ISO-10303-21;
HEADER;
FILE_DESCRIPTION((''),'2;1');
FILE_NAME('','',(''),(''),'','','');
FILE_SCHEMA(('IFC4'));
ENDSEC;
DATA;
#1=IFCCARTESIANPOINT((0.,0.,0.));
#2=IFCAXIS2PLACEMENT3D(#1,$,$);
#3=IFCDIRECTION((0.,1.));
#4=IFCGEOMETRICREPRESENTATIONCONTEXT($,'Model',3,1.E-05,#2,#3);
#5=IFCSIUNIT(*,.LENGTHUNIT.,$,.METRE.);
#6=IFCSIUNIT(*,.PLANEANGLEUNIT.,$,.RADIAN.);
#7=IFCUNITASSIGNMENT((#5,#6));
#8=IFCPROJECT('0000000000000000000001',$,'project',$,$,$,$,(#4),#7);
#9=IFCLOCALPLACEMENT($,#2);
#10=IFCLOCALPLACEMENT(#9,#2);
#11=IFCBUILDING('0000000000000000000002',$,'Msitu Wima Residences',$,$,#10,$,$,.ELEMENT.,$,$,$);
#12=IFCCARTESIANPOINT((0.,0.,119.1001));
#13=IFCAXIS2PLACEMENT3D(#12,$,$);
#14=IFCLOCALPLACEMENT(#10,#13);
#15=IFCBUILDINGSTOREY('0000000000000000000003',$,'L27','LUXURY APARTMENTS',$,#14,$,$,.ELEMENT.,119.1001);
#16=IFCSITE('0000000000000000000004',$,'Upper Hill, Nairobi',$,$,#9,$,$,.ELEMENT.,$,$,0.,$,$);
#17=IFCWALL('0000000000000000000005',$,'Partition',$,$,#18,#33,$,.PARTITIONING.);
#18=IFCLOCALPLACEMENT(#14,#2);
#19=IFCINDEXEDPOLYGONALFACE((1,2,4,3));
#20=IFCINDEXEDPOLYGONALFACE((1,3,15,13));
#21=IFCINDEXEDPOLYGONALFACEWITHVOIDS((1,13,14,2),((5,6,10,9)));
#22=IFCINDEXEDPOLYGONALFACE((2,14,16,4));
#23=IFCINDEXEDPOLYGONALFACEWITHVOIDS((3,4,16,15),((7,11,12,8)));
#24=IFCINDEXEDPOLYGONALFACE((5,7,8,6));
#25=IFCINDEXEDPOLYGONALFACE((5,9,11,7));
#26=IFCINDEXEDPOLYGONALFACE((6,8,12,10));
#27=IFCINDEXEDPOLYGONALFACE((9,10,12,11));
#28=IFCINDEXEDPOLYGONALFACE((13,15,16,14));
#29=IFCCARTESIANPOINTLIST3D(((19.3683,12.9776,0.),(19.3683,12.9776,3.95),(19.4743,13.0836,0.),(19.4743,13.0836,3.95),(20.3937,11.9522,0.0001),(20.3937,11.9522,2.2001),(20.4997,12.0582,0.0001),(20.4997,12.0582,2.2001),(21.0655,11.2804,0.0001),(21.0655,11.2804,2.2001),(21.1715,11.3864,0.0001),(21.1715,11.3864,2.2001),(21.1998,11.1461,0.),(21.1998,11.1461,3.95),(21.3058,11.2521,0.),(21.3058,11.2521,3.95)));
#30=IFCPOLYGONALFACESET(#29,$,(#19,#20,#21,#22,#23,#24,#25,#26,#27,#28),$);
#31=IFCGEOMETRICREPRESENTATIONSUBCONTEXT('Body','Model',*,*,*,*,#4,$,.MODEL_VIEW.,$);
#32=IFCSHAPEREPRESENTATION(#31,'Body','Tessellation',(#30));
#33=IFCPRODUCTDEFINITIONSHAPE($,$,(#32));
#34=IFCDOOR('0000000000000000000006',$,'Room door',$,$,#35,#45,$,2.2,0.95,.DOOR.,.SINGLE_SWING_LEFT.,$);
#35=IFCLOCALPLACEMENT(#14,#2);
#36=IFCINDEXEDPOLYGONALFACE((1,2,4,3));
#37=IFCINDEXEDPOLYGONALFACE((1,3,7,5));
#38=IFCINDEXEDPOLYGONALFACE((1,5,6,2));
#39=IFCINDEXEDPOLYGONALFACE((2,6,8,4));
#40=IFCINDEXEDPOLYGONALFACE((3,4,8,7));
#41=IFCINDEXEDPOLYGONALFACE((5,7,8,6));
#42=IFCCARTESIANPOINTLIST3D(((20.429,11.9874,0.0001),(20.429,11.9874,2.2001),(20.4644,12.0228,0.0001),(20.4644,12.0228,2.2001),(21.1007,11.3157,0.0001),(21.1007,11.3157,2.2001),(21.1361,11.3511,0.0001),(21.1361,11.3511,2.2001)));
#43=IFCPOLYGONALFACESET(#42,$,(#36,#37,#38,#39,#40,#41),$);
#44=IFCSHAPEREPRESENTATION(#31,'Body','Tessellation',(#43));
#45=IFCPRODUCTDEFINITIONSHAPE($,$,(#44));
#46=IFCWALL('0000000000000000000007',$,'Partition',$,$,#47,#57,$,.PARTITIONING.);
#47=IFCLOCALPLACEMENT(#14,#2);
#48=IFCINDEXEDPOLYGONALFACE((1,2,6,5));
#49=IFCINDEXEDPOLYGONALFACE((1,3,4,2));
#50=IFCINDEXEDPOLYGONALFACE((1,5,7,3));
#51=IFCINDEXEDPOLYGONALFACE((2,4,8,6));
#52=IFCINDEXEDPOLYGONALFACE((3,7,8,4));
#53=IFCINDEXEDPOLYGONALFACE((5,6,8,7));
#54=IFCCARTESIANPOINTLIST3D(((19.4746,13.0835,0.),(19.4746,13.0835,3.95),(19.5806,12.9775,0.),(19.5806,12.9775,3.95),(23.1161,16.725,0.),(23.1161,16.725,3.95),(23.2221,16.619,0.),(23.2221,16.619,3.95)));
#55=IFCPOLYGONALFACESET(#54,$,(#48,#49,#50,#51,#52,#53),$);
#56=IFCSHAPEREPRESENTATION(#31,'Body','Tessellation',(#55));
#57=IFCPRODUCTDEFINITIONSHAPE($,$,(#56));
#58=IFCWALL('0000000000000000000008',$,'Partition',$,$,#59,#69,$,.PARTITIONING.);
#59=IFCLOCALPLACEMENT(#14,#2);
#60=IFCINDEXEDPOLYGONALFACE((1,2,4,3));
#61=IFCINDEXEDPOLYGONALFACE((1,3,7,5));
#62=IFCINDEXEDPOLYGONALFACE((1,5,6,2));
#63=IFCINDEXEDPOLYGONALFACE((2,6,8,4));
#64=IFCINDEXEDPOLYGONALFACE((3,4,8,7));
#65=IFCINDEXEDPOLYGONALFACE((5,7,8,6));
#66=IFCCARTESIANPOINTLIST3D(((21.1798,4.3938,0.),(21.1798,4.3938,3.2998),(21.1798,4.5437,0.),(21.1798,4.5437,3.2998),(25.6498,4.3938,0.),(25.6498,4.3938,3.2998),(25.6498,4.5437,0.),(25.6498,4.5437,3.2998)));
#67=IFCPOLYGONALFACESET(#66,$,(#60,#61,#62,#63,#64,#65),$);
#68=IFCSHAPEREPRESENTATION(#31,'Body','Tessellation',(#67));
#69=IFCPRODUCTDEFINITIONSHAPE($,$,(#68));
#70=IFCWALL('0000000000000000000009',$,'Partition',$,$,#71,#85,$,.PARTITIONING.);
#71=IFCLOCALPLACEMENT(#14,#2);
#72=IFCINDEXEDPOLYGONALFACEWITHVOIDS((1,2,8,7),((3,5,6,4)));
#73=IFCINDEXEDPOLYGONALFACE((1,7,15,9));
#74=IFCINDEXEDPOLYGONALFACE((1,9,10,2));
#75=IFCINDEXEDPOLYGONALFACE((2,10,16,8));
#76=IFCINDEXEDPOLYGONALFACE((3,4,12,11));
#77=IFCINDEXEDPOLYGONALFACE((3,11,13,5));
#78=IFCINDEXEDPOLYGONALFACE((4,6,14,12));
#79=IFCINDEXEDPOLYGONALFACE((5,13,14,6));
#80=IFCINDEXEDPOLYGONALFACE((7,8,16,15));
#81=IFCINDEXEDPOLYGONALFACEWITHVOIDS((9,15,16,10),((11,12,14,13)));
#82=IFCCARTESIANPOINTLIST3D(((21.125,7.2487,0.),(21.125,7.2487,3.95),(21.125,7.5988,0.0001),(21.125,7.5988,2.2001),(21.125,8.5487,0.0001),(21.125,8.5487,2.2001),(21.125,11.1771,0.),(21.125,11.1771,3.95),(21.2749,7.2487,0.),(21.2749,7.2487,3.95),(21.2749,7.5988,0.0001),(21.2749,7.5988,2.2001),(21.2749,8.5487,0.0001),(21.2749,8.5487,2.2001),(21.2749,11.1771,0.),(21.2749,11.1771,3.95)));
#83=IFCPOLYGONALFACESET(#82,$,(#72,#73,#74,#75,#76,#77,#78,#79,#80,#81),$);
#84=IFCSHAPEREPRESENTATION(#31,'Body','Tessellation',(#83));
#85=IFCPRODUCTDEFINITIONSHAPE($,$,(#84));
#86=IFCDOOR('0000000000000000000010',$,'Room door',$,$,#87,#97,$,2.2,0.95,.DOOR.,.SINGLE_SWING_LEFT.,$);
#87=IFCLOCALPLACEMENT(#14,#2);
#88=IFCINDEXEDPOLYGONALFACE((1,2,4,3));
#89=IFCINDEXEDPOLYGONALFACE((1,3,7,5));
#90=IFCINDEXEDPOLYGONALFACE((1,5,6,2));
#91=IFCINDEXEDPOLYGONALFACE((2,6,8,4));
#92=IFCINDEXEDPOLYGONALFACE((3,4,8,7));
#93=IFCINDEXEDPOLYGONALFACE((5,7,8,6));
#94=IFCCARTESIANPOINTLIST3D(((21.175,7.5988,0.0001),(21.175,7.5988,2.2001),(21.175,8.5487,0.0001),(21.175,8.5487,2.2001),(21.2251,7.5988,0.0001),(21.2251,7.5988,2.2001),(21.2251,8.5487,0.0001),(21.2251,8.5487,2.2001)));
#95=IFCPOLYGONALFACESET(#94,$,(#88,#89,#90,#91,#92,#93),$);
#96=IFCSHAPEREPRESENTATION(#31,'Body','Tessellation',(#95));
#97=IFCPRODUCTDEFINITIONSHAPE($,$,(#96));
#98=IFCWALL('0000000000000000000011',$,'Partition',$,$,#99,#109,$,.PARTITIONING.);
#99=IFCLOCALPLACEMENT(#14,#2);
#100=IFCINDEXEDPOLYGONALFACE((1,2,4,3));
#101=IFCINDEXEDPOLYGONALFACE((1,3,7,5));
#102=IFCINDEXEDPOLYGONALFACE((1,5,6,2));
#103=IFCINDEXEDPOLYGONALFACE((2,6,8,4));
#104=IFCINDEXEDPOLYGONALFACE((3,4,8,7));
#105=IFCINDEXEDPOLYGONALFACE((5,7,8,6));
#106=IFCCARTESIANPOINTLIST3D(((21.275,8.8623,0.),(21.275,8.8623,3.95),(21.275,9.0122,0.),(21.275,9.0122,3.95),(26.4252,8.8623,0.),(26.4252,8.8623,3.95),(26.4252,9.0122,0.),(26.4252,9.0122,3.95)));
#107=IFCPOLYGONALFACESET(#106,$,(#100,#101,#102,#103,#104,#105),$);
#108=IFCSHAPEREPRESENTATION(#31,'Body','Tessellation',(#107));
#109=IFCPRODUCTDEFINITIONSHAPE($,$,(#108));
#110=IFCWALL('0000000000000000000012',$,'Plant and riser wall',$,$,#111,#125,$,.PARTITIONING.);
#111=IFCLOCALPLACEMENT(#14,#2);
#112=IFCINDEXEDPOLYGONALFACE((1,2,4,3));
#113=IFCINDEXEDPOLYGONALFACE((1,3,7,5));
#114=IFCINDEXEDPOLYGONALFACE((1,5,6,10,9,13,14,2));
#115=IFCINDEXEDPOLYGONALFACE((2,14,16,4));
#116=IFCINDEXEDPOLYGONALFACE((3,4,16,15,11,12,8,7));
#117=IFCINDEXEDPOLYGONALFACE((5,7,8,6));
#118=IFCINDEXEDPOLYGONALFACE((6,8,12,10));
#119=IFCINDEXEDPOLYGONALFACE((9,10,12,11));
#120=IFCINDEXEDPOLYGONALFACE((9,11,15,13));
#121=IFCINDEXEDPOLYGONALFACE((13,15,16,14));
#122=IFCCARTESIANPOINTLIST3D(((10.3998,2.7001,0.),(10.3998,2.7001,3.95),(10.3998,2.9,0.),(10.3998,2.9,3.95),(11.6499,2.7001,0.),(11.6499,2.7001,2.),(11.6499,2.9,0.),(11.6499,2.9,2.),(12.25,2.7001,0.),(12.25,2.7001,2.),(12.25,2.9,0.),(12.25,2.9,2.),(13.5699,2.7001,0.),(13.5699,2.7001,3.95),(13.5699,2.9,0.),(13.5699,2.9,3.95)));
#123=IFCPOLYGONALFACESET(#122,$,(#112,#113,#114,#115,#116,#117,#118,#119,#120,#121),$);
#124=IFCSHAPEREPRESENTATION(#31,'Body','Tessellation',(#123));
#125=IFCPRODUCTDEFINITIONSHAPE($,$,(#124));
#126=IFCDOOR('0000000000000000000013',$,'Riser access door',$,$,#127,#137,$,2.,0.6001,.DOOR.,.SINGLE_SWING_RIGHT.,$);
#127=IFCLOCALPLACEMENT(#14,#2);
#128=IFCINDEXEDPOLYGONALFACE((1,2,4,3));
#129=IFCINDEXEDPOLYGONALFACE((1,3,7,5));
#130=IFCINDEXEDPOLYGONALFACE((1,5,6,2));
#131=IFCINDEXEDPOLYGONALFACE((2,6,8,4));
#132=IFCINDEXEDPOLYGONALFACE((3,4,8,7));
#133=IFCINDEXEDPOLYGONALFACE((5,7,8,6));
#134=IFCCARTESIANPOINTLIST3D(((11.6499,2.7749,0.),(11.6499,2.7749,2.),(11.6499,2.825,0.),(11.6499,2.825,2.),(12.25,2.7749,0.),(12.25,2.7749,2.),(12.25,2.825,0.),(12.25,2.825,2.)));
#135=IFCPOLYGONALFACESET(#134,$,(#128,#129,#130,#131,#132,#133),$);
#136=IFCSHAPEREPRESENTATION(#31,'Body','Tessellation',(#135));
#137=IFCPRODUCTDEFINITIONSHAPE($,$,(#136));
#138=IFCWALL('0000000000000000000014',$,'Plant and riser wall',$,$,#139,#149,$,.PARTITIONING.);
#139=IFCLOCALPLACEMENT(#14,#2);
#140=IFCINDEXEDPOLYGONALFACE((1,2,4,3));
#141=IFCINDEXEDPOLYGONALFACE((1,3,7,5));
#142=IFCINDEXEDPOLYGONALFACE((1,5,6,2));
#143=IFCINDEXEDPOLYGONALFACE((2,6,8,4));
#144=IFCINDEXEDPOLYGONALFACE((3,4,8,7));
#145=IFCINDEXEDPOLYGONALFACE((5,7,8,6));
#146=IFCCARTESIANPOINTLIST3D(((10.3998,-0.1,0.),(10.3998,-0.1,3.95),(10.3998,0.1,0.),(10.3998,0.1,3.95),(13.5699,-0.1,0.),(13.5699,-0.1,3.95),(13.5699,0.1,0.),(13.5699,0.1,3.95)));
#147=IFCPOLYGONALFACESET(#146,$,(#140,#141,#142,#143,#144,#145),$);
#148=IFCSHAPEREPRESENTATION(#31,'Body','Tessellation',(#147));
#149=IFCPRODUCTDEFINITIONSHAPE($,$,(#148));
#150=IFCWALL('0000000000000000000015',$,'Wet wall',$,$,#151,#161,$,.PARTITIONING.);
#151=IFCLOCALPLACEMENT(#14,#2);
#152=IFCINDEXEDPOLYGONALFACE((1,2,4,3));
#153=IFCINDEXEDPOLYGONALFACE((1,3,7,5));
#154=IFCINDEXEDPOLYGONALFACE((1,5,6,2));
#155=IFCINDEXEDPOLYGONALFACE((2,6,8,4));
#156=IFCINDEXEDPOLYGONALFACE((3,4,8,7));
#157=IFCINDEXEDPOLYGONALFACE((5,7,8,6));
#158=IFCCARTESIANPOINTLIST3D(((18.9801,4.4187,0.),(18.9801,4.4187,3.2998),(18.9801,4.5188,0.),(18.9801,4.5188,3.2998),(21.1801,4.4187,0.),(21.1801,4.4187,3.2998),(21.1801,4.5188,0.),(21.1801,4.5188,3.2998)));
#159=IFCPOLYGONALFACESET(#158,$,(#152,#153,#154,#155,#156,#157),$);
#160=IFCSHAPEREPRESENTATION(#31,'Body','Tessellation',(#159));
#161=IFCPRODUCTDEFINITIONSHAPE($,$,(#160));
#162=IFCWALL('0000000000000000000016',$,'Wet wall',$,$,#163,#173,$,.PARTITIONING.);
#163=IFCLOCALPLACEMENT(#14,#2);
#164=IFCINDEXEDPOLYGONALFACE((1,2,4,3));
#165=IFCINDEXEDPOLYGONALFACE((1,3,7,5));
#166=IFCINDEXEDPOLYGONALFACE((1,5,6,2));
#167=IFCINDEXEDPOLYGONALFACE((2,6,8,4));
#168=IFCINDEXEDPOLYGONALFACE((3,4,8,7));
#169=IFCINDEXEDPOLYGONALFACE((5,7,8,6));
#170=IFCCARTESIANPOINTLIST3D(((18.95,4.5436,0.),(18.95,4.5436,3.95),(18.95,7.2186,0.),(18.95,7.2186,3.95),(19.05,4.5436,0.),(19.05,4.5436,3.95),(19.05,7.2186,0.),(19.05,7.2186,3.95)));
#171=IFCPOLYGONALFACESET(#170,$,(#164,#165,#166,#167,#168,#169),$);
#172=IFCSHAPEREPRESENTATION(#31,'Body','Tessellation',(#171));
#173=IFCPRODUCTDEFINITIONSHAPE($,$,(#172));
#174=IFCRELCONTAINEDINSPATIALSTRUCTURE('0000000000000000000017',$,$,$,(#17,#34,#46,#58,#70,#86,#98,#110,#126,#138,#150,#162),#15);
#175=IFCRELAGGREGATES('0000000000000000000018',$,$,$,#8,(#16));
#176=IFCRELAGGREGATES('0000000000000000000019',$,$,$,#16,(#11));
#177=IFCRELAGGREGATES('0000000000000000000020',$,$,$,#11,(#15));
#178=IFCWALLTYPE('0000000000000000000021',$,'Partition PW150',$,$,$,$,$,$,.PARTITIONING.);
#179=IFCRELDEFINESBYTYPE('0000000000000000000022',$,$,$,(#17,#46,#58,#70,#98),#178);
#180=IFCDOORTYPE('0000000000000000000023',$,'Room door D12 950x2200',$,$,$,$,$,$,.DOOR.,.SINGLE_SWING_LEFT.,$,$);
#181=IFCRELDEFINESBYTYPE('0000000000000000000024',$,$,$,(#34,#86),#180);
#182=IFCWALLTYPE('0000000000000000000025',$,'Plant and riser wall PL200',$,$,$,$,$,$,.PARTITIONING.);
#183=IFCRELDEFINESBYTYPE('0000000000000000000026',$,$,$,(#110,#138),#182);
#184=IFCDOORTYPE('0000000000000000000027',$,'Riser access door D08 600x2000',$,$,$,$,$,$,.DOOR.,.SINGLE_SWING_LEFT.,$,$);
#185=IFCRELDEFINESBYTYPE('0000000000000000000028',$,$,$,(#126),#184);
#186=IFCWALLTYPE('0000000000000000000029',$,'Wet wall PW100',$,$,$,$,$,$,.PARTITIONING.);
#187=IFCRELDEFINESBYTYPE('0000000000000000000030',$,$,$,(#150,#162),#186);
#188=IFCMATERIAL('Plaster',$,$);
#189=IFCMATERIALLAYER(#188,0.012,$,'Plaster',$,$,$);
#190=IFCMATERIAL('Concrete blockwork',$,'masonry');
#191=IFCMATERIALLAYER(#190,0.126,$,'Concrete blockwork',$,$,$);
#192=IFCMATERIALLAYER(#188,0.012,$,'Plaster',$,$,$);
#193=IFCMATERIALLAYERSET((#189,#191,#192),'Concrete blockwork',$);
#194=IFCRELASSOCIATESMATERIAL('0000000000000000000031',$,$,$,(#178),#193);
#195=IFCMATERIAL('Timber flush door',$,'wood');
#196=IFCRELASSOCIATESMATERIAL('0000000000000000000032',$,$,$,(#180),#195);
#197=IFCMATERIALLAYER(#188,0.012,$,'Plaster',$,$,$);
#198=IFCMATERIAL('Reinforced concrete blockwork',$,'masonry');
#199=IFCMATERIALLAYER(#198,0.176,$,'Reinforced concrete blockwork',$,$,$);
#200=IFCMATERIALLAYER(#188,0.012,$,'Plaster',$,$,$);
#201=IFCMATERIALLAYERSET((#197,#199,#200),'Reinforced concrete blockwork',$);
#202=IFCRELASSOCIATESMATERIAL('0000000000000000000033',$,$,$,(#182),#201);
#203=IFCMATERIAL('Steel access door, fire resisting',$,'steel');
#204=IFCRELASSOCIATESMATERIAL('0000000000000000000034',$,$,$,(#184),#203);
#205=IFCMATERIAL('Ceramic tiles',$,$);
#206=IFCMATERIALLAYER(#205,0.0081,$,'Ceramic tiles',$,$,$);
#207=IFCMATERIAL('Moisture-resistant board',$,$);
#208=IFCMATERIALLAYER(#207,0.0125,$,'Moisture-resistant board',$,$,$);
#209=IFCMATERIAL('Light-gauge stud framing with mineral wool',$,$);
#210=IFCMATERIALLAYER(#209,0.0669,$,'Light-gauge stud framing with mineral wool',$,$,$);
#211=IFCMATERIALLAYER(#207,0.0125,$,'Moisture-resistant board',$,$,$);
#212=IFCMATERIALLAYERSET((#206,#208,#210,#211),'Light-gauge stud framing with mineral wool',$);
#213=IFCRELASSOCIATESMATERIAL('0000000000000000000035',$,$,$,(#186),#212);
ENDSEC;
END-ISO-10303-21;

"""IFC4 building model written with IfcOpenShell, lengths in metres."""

from ifc_helpers import new_model, si_unit, direction, frame, frame_2d, origin, place, context, subcontext, project, spatial, rectangle, extrude, material, layer, layer_set, type_object, element, fill, save


model = new_model("IFC4")

# Units and contexts
model_context = context("Model", 3, precision=1e-05, world=origin(), true_north=direction((0.0, 1.0)))
body_context = subcontext(model_context, "Body", "Model", "MODEL_VIEW")
ifc_project = project(units=[si_unit("LENGTHUNIT", "METRE"), si_unit("PLANEANGLEUNIT", "RADIAN")], contexts=[model_context])

# Site, building, storey
site_placement = place(None, origin())
site = spatial("IfcSite", under=ifc_project, at=site_placement, Name="Upper Hill, Nairobi", CompositionType="ELEMENT", RefElevation=0.0)
building_placement = place(site_placement, origin())
building = spatial("IfcBuilding", under=site, at=building_placement, Name="Msitu Wima Residences", CompositionType="ELEMENT")
storey_placement = place(building_placement, frame((0.0, 0.0, 119.1001)))
storey = spatial("IfcBuildingStorey", under=building, at=storey_placement, Name="L27", Description="LUXURY APARTMENTS", CompositionType="ELEMENT", Elevation=119.1001)

# Wall, opening, door
ifc_material_1 = material(Name="Plaster")
ifc_layer_1 = layer(ifc_material_1, 0.012, Name="Plaster")
ifc_material_2 = material(Name="Concrete blockwork", Category="masonry")
ifc_layer_2 = layer(ifc_material_2, 0.126, Name="Concrete blockwork")
ifc_layer_3 = layer(ifc_material_1, 0.012, Name="Plaster")
ifc_layer_set_1 = layer_set([ifc_layer_1, ifc_layer_2, ifc_layer_3], Name="Concrete blockwork")
wall_type_1 = type_object("IfcWallType", Name="Partition PW150", PredefinedType="PARTITIONING", material=ifc_layer_set_1)
ifc_material_3 = material(Name="Timber flush door", Category="wood")
door_type_1 = type_object("IfcDoorType", Name="Room door D12 950x2200", OperationType="SINGLE_SWING_LEFT", PredefinedType="DOOR", material=ifc_material_3)
wall_1_placement = place(storey_placement, frame((19.4214, 13.0305, 0.0), z_axis=(0.0, 0.0, 1.0), x_axis=(0.707107, -0.707107, 0.0)))
wall_1 = element("IfcWall", 1, at=wall_1_placement, inside=storey, type_object=wall_type_1, Name="Partition", PredefinedType="PARTITIONING", context=body_context, shape_type="SweptSolid", body=[
    extrude(rectangle(XDim=2.5901, YDim=0.1499, at=frame_2d((1.2949, 0.0))), origin(), (0.0, 0.0, 1.0), 3.95),
])
opening_1_placement = place(wall_1_placement, frame((1.45, 0.0, 0.0)))
opening_1 = element("IfcOpeningElement", 2, at=opening_1_placement, cuts=wall_1, PredefinedType="OPENING", context=body_context, shape_type="SweptSolid", body=[
    extrude(rectangle(XDim=0.95, YDim=2.2, at=frame_2d((0.4751, 1.1001))), frame((0.0, 0.085, 0.0), z_axis=(0.0, -1.0, 0.0), x_axis=(1.0, 0.0, 0.0)), (0.0, 0.0, 1.0), 0.1699),
])
door_1_placement = place(opening_1_placement, origin())
door_1 = element("IfcDoor", 3, at=door_1_placement, inside=storey, type_object=door_type_1, Name="Room door", OperationType="SINGLE_SWING_LEFT", OverallHeight=2.2, OverallWidth=0.95, PredefinedType="DOOR", context=body_context, shape_type="SweptSolid", body=[
    extrude(rectangle(XDim=0.95, YDim=2.2, at=frame_2d((0.4751, 1.1001))), frame((0.0, 0.0249, 0.0), z_axis=(0.0, -1.0, 0.0), x_axis=(1.0, 0.0, 0.0)), (0.0, 0.0, 1.0), 0.05),
])
fill(opening_1, door_1)

# Walls
wall_2_placement = place(storey_placement, frame((19.5276, 13.0305, 0.0), z_axis=(0.0, 0.0, 1.0), x_axis=(0.707107, 0.707107, 0.0)))
element("IfcWall", 4, at=wall_2_placement, inside=storey, type_object=wall_type_1, Name="Partition", PredefinedType="PARTITIONING", context=body_context, shape_type="SweptSolid", body=[
    extrude(rectangle(XDim=5.1499, YDim=0.1499, at=frame_2d((2.575, 0.0))), origin(), (0.0, 0.0, 1.0), 3.95),
])
wall_3_placement = place(storey_placement, frame((21.1799, 4.4688, 0.0), z_axis=(0.0, 0.0, 1.0), x_axis=(1.0, 0.0, 0.0)))
element("IfcWall", 5, at=wall_3_placement, inside=storey, type_object=wall_type_1, Name="Partition", PredefinedType="PARTITIONING", context=body_context, shape_type="SweptSolid", body=[
    extrude(rectangle(XDim=4.47, YDim=0.1499, at=frame_2d((2.2349, 0.0))), origin(), (0.0, 0.0, 1.0), 3.2998),
])

# Wall, opening, door
wall_4_placement = place(storey_placement, frame((21.2, 7.2485, 0.0), z_axis=(0.0, 0.0, 1.0), x_axis=(0.0, 1.0, 0.0)))
wall_4 = element("IfcWall", 6, at=wall_4_placement, inside=storey, type_object=wall_type_1, Name="Partition", PredefinedType="PARTITIONING", context=body_context, shape_type="SweptSolid", body=[
    extrude(rectangle(XDim=3.9285, YDim=0.1499, at=frame_2d((1.9644, 0.0))), origin(), (0.0, 0.0, 1.0), 3.95),
])
opening_2_placement = place(wall_4_placement, frame((0.3501, 0.0, 0.0)))
opening_2 = element("IfcOpeningElement", 7, at=opening_2_placement, cuts=wall_4, PredefinedType="OPENING", context=body_context, shape_type="SweptSolid", body=[
    extrude(rectangle(XDim=0.95, YDim=2.2, at=frame_2d((0.4751, 1.1001))), frame((0.0, 0.085, 0.0), z_axis=(0.0, -1.0, 0.0), x_axis=(1.0, 0.0, 0.0)), (0.0, 0.0, 1.0), 0.1699),
])
door_2_placement = place(opening_2_placement, origin())
door_2 = element("IfcDoor", 8, at=door_2_placement, inside=storey, type_object=door_type_1, Name="Room door", OperationType="SINGLE_SWING_LEFT", OverallHeight=2.2, OverallWidth=0.95, PredefinedType="DOOR", context=body_context, shape_type="SweptSolid", body=[
    extrude(rectangle(XDim=0.95, YDim=2.2, at=frame_2d((0.4751, 1.1001))), frame((0.0, 0.0249, 0.0), z_axis=(0.0, -1.0, 0.0), x_axis=(1.0, 0.0, 0.0)), (0.0, 0.0, 1.0), 0.05),
])
fill(opening_2, door_2)

# Wall
wall_5_placement = place(storey_placement, frame((21.2749, 8.9373, 0.0), z_axis=(0.0, 0.0, 1.0), x_axis=(1.0, 0.0, 0.0)))
element("IfcWall", 9, at=wall_5_placement, inside=storey, type_object=wall_type_1, Name="Partition", PredefinedType="PARTITIONING", context=body_context, shape_type="SweptSolid", body=[
    extrude(rectangle(XDim=5.1501, YDim=0.1499, at=frame_2d((2.5752, 0.0))), origin(), (0.0, 0.0, 1.0), 3.95),
])

# Wall, opening, door
ifc_layer_4 = layer(ifc_material_1, 0.012, Name="Plaster")
ifc_material_4 = material(Name="Reinforced concrete blockwork", Category="masonry")
ifc_layer_5 = layer(ifc_material_4, 0.176, Name="Reinforced concrete blockwork")
ifc_layer_6 = layer(ifc_material_1, 0.012, Name="Plaster")
ifc_layer_set_2 = layer_set([ifc_layer_4, ifc_layer_5, ifc_layer_6], Name="Reinforced concrete blockwork")
wall_type_2 = type_object("IfcWallType", Name="Plant and riser wall PL200", PredefinedType="PARTITIONING", material=ifc_layer_set_2)
wall_6_placement = place(storey_placement, frame((10.3999, 2.8, 0.0), z_axis=(0.0, 0.0, 1.0), x_axis=(1.0, 0.0, 0.0)))
wall_6 = element("IfcWall", 10, at=wall_6_placement, inside=storey, type_object=wall_type_2, Name="Plant and riser wall", PredefinedType="PARTITIONING", context=body_context, shape_type="SweptSolid", body=[
    extrude(rectangle(XDim=3.1702, YDim=0.2, at=frame_2d((1.585, 0.0))), origin(), (0.0, 0.0, 1.0), 3.95),
])
opening_3_placement = place(wall_6_placement, frame((1.25, 0.0, 0.0)))
opening_3 = element("IfcOpeningElement", 11, at=opening_3_placement, cuts=wall_6, PredefinedType="OPENING", context=body_context, shape_type="SweptSolid", body=[
    extrude(rectangle(XDim=0.6001, YDim=2.0, at=frame_2d((0.3, 1.0))), frame((0.0, 0.1099, 0.0), z_axis=(0.0, -1.0, 0.0), x_axis=(1.0, 0.0, 0.0)), (0.0, 0.0, 1.0), 0.22),
])
ifc_material_5 = material(Name="Steel access door, fire resisting", Category="steel")
door_type_2 = type_object("IfcDoorType", Name="Riser access door D08 600x2000", OperationType="SINGLE_SWING_LEFT", PredefinedType="DOOR", material=ifc_material_5)
door_3_placement = place(opening_3_placement, origin())
door_3 = element("IfcDoor", 12, at=door_3_placement, inside=storey, type_object=door_type_2, Name="Riser access door", OperationType="SINGLE_SWING_RIGHT", OverallHeight=2.0, OverallWidth=0.6001, PredefinedType="DOOR", context=body_context, shape_type="SweptSolid", body=[
    extrude(rectangle(XDim=0.6001, YDim=2.0, at=frame_2d((0.3, 1.0))), frame((0.0, 0.0249, 0.0), z_axis=(0.0, -1.0, 0.0), x_axis=(1.0, 0.0, 0.0)), (0.0, 0.0, 1.0), 0.05),
])
fill(opening_3, door_3)

# Walls
wall_7_placement = place(storey_placement, frame((10.3999, 0.0, 0.0), z_axis=(0.0, 0.0, 1.0), x_axis=(1.0, 0.0, 0.0)))
element("IfcWall", 13, at=wall_7_placement, inside=storey, type_object=wall_type_2, Name="Plant and riser wall", PredefinedType="PARTITIONING", context=body_context, shape_type="SweptSolid", body=[
    extrude(rectangle(XDim=3.1702, YDim=0.2, at=frame_2d((1.585, 0.0))), origin(), (0.0, 0.0, 1.0), 3.95),
])
ifc_material_6 = material(Name="Ceramic tiles")
ifc_layer_7 = layer(ifc_material_6, 0.0081, Name="Ceramic tiles")
ifc_material_7 = material(Name="Moisture-resistant board")
ifc_layer_8 = layer(ifc_material_7, 0.0125, Name="Moisture-resistant board")
ifc_material_8 = material(Name="Light-gauge stud framing with mineral wool")
ifc_layer_9 = layer(ifc_material_8, 0.0669, Name="Light-gauge stud framing with mineral wool")
ifc_layer_10 = layer(ifc_material_7, 0.0125, Name="Moisture-resistant board")
ifc_layer_set_3 = layer_set([ifc_layer_7, ifc_layer_8, ifc_layer_9, ifc_layer_10], Name="Light-gauge stud framing with mineral wool")
wall_type_3 = type_object("IfcWallType", Name="Wet wall PW100", PredefinedType="PARTITIONING", material=ifc_layer_set_3)
wall_8_placement = place(storey_placement, frame((18.98, 4.4688, 0.0), z_axis=(0.0, 0.0, 1.0), x_axis=(1.0, 0.0, 0.0)))
element("IfcWall", 14, at=wall_8_placement, inside=storey, type_object=wall_type_3, Name="Wet wall", PredefinedType="PARTITIONING", context=body_context, shape_type="SweptSolid", body=[
    extrude(rectangle(XDim=2.2, YDim=0.1001, at=frame_2d((1.1001, 0.0))), origin(), (0.0, 0.0, 1.0), 3.2998),
])
wall_9_placement = place(storey_placement, frame((19.0, 4.5437, 0.0), z_axis=(0.0, 0.0, 1.0), x_axis=(0.0, 1.0, 0.0)))
element("IfcWall", 15, at=wall_9_placement, inside=storey, type_object=wall_type_3, Name="Wet wall", PredefinedType="PARTITIONING", context=body_context, shape_type="SweptSolid", body=[
    extrude(rectangle(XDim=2.675, YDim=0.1001, at=frame_2d((1.3374, 0.0))), origin(), (0.0, 0.0, 1.0), 3.95),
])

save(model, "model.ifc")
